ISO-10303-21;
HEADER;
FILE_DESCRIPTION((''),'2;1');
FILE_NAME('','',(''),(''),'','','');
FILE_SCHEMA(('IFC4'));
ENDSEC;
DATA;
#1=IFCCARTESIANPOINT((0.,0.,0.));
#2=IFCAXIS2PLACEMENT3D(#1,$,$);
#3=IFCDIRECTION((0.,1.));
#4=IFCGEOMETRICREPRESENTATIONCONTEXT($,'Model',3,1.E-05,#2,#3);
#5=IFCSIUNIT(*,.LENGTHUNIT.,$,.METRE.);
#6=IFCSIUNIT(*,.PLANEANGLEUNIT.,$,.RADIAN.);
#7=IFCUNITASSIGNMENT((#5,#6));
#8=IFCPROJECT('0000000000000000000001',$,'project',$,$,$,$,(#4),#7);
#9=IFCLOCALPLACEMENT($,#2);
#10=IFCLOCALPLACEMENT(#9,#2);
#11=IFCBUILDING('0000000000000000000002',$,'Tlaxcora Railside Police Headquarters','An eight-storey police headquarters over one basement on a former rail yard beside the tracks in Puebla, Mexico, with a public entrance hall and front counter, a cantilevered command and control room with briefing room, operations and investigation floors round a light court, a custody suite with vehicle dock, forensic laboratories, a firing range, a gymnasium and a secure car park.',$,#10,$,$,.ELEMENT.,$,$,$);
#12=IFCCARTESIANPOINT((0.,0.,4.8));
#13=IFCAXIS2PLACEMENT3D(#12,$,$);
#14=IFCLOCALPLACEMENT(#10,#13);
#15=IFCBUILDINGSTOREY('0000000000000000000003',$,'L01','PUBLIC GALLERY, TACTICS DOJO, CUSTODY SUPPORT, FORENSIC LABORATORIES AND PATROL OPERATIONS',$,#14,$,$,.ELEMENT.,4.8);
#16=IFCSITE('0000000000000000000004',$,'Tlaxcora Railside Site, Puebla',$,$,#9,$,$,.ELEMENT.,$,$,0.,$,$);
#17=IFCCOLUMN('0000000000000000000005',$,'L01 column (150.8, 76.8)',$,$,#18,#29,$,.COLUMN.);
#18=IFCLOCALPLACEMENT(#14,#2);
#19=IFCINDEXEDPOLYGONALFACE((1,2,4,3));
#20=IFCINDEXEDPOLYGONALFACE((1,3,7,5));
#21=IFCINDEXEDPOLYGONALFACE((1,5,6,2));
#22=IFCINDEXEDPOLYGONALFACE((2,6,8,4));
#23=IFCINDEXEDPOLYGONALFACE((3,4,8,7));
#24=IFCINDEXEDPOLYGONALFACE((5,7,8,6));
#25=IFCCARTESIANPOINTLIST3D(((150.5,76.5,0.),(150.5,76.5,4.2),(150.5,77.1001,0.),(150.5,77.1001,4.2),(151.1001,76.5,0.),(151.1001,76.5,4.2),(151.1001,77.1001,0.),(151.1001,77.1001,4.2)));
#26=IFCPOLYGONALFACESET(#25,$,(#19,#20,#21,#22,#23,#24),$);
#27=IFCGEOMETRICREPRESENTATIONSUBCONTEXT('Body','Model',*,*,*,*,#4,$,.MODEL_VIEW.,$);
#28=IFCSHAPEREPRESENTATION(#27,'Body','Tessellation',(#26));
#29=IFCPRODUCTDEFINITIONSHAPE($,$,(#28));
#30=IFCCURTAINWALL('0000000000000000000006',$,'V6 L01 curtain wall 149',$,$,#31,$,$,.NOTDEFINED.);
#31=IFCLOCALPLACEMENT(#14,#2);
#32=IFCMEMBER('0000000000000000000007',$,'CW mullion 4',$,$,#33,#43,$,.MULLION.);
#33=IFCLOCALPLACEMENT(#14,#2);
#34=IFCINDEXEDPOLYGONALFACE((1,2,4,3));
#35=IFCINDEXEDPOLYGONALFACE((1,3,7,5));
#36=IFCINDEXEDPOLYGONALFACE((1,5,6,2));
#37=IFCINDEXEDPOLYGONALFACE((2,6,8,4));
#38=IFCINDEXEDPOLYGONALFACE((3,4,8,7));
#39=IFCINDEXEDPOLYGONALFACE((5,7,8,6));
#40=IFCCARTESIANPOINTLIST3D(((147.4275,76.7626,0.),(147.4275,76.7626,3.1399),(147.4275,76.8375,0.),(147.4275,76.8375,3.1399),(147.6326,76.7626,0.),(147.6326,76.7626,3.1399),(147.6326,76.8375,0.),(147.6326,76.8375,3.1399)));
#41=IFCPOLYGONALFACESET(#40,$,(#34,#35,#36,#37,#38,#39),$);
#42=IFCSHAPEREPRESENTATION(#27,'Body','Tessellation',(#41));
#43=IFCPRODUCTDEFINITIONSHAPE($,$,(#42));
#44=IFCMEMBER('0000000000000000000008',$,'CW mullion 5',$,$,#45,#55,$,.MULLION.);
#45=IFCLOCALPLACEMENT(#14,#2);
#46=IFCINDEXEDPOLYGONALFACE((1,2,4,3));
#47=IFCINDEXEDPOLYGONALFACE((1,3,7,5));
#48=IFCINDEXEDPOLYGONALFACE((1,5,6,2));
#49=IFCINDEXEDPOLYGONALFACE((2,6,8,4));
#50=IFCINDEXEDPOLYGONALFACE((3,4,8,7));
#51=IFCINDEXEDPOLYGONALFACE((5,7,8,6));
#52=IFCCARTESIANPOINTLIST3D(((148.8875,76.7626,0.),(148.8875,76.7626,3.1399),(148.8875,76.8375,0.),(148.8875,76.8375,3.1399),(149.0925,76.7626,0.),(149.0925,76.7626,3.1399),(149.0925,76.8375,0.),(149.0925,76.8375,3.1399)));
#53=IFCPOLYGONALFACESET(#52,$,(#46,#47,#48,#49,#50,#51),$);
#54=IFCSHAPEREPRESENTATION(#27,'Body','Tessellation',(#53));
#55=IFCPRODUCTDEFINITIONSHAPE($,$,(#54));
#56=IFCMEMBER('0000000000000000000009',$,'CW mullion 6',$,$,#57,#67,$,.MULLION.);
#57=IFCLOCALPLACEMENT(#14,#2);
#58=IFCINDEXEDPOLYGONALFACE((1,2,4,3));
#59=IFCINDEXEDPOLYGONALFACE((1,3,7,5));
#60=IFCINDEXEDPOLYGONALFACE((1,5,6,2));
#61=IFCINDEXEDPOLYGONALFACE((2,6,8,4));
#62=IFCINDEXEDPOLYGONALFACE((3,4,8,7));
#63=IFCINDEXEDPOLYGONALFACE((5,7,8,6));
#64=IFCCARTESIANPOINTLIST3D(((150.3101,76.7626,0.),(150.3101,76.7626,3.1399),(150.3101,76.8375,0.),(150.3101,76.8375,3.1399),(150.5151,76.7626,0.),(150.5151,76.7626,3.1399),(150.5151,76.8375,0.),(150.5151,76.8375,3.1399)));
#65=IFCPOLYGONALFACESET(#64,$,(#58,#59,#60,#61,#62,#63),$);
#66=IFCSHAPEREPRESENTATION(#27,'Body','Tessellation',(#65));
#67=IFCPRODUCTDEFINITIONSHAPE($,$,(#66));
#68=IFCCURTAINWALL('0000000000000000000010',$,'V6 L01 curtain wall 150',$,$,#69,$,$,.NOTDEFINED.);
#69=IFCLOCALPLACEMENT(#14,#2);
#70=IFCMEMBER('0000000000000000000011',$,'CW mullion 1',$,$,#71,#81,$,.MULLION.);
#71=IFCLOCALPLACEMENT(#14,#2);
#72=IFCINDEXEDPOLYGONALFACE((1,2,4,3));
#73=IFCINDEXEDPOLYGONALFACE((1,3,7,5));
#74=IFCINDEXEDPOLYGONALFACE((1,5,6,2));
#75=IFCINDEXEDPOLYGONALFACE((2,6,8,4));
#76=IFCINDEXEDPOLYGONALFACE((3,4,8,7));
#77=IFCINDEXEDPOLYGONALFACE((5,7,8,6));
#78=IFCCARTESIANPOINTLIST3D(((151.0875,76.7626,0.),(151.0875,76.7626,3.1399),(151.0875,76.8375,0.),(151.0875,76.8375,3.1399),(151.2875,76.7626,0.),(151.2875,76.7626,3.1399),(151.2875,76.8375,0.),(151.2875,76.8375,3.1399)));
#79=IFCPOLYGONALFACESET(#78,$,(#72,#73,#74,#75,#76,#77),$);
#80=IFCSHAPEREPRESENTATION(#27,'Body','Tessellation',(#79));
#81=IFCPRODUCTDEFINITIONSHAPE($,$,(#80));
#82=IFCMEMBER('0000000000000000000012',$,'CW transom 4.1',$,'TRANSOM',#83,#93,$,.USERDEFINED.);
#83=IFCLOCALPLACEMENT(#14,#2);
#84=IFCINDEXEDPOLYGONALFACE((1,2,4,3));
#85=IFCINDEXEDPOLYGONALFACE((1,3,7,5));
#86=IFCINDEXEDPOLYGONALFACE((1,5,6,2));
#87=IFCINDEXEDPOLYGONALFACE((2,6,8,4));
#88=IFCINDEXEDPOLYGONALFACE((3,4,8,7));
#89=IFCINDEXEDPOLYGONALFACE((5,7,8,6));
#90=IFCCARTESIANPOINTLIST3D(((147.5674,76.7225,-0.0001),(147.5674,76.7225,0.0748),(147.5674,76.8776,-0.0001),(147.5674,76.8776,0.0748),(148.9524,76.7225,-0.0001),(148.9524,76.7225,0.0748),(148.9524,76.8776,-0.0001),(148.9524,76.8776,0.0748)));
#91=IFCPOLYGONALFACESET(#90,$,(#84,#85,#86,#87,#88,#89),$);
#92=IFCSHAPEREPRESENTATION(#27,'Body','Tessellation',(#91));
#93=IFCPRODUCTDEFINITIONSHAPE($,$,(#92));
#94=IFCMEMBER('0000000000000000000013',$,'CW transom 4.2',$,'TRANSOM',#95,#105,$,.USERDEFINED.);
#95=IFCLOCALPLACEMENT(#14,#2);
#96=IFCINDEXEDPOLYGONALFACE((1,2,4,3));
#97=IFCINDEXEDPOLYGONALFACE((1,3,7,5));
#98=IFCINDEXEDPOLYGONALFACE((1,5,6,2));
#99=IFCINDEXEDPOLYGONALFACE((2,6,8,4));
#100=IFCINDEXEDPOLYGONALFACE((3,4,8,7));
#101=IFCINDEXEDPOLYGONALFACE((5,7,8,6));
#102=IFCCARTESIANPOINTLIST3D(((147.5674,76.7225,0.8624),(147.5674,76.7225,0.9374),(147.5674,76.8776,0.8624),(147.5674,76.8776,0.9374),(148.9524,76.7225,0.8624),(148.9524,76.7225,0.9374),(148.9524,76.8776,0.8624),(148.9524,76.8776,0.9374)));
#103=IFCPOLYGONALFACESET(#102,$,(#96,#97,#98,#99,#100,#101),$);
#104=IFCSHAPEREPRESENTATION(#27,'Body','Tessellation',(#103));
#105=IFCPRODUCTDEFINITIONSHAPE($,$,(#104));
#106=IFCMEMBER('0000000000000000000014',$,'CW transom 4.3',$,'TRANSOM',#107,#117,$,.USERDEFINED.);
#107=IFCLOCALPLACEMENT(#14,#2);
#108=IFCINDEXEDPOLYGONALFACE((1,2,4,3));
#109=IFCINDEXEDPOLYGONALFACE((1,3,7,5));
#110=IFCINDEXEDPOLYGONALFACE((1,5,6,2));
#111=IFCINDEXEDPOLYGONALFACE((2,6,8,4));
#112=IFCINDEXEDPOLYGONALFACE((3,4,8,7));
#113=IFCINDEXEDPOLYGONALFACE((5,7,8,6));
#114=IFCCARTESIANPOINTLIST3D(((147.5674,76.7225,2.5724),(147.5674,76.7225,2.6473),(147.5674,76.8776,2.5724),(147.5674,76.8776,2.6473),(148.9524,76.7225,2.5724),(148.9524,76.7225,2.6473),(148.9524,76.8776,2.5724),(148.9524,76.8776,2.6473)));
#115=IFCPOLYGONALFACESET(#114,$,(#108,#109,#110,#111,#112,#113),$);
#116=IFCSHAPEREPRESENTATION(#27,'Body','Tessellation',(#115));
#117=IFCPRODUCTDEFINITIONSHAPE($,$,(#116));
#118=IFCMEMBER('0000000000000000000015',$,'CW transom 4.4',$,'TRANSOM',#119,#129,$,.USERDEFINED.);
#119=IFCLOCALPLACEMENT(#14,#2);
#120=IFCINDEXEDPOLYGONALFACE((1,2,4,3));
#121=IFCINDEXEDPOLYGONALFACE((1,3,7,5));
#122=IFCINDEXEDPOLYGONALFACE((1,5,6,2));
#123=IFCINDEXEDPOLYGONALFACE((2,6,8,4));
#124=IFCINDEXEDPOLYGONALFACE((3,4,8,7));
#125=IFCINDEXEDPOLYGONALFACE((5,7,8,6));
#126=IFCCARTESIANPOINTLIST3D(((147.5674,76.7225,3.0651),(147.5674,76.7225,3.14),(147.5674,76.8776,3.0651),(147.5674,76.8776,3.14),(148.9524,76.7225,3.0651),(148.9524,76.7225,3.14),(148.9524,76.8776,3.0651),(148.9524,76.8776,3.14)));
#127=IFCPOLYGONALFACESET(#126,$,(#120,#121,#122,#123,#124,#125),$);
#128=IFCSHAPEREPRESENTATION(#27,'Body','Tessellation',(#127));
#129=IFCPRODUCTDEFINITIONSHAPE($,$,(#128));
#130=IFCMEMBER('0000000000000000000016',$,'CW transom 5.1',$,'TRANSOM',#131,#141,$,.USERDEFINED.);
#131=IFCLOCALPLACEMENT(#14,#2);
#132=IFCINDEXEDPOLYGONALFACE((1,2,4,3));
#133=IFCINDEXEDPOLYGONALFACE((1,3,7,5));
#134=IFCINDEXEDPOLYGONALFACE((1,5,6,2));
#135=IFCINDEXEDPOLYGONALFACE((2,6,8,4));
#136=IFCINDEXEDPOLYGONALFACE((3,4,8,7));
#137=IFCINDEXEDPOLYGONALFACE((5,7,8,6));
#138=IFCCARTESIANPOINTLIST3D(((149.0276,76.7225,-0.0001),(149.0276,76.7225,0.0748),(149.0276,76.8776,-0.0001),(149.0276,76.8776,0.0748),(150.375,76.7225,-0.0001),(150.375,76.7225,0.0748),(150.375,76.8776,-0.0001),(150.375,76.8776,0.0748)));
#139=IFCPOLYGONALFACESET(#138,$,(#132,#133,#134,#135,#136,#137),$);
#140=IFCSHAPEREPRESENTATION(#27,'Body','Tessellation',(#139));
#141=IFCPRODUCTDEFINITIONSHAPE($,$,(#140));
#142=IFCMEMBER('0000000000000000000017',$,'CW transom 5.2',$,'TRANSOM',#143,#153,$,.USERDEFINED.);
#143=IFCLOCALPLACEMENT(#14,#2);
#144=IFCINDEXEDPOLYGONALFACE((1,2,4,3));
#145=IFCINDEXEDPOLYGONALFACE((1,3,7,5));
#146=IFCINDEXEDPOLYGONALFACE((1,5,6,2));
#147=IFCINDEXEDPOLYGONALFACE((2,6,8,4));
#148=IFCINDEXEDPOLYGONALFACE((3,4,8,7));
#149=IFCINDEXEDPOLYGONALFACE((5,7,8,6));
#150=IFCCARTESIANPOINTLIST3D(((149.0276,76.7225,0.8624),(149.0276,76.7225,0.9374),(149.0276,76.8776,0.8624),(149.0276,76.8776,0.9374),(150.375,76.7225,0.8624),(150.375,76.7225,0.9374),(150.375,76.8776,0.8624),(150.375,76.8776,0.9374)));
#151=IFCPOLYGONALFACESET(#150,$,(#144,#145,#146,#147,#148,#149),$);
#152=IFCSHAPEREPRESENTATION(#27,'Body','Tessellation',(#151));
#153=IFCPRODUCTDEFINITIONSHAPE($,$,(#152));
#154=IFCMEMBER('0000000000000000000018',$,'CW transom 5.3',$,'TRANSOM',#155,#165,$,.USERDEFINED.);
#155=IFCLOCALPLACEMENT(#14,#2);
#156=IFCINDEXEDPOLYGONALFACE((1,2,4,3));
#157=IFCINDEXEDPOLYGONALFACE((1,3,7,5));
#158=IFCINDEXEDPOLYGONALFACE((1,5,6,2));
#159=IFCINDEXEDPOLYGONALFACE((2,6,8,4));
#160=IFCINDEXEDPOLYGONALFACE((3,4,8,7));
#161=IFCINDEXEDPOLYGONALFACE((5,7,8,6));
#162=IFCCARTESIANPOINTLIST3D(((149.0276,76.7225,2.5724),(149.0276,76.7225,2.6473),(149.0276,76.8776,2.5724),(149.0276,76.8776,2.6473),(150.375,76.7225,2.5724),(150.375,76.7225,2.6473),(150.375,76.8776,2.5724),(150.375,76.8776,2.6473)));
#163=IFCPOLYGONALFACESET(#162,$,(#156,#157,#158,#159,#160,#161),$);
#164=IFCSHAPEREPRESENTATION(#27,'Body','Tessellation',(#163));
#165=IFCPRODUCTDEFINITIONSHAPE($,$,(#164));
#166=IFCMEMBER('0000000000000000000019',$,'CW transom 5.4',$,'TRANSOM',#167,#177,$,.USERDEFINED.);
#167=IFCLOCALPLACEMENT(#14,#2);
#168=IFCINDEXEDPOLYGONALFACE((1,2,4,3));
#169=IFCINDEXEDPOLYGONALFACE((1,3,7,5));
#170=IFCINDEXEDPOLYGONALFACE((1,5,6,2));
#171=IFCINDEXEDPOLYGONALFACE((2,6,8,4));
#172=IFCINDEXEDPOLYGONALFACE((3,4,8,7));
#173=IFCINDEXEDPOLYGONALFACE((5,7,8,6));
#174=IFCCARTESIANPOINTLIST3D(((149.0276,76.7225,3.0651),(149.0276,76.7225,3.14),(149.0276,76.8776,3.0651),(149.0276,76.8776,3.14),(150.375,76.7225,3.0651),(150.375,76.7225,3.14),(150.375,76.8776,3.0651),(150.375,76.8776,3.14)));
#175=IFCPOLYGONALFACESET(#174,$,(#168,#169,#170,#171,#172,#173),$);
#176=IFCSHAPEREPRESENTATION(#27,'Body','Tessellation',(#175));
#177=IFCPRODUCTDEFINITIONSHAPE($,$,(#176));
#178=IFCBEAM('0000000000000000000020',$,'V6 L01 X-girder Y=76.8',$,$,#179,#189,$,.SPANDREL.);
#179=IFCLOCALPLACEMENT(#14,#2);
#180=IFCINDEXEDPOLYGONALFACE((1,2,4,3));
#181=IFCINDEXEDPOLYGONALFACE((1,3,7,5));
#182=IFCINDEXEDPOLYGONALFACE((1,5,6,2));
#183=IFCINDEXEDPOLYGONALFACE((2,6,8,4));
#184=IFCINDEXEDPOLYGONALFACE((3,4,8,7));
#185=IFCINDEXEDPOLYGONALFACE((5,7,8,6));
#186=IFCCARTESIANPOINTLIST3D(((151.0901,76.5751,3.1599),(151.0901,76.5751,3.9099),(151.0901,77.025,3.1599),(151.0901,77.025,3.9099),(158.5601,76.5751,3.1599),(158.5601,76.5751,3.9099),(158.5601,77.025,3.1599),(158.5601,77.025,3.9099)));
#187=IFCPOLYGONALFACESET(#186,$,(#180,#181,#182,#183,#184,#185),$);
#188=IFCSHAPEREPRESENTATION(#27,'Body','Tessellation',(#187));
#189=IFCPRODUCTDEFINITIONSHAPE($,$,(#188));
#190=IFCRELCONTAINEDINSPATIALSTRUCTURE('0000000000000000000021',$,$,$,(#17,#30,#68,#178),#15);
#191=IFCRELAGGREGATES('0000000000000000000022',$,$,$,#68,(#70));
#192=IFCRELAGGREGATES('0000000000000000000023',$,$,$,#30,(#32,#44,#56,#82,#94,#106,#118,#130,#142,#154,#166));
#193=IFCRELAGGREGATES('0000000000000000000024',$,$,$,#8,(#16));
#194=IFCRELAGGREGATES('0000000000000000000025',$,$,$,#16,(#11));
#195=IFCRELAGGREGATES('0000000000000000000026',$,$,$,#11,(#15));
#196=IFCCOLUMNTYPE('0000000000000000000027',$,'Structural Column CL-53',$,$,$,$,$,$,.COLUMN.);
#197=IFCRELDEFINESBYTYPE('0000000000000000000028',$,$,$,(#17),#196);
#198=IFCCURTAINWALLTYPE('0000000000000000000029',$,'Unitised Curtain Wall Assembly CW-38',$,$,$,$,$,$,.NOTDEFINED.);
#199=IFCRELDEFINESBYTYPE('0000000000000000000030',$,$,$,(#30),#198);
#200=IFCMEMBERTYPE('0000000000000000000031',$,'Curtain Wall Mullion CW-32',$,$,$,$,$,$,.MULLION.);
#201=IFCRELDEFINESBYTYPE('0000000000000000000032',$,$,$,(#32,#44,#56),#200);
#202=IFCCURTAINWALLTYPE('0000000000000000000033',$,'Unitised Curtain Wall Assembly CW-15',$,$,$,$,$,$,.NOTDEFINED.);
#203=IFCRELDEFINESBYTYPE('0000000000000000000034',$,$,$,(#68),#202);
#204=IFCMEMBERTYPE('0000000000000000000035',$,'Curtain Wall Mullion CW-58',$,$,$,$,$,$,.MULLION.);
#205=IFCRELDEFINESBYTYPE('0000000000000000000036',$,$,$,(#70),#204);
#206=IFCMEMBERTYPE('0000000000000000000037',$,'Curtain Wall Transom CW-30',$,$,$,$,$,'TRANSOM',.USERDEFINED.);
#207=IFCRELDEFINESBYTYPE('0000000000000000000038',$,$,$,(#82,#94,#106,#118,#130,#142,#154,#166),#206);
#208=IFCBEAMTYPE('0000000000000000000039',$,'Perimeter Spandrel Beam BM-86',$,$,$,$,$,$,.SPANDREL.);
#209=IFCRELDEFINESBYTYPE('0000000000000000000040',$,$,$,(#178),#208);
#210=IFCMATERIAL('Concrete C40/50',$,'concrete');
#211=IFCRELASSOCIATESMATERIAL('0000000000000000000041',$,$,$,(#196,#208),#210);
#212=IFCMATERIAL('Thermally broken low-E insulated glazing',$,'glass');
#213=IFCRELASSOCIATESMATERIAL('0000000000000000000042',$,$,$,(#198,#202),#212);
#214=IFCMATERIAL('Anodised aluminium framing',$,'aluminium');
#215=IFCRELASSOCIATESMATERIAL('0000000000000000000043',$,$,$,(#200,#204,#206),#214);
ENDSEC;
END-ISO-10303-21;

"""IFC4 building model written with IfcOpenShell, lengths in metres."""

from ifc_helpers import new_model, si_unit, direction, frame, origin, origin_2d, place, context, subcontext, project, spatial, rectangle, extrude, material, material_profile, profile_set, type_object, element, aggregate, save


model = new_model("IFC4")

# Units and contexts
model_context = context("Model", 3, precision=1e-05, world=origin(), true_north=direction((0.0, 1.0)))
body_context = subcontext(model_context, "Body", "Model", "MODEL_VIEW")
ifc_project = project(units=[si_unit("LENGTHUNIT", "METRE"), si_unit("PLANEANGLEUNIT", "RADIAN")], contexts=[model_context])

# Site, building, storey
site_placement = place(None, origin())
site = spatial("IfcSite", under=ifc_project, at=site_placement, Name="Tlaxcora Railside Site, Puebla", CompositionType="ELEMENT", RefElevation=0.0)
building_placement = place(site_placement, origin())
building = spatial("IfcBuilding", under=site, at=building_placement, Name="Tlaxcora Railside Police Headquarters", Description="An eight-storey police headquarters over one basement on a former rail yard beside the tracks in Puebla, Mexico, with a public entrance hall and front counter, a cantilevered command and control room with briefing room, operations and investigation floors round a light court, a custody suite with vehicle dock, forensic laboratories, a firing range, a gymnasium and a secure car park.", CompositionType="ELEMENT")
storey_placement = place(building_placement, frame((0.0, 0.0, 4.8)))
storey = spatial("IfcBuildingStorey", under=building, at=storey_placement, Name="L01", Description="PUBLIC GALLERY, TACTICS DOJO, CUSTODY SUPPORT, FORENSIC LABORATORIES AND PATROL OPERATIONS", CompositionType="ELEMENT", Elevation=4.8)

# Column
ifc_material_1 = material(Name="Concrete C40/50", Category="concrete")
ifc_material_profile_1 = material_profile(ifc_material_1, rectangle(XDim=0.6001, YDim=0.6001, at=origin_2d()), Name="RC600X600")
ifc_profile_set_1 = profile_set([ifc_material_profile_1], Name="Concrete C40/50")
column_type = type_object("IfcColumnType", Name="Structural Column CL-53", PredefinedType="COLUMN", material=ifc_profile_set_1)
column_placement = place(storey_placement, frame((150.8, 76.8, 0.0), z_axis=(0.0, 0.0, 1.0), x_axis=(1.0, 0.0, 0.0)))
element("IfcColumn", 1, at=column_placement, inside=storey, type_object=column_type, Name="L01 column (150.8, 76.8)", PredefinedType="COLUMN", context=body_context, shape_type="SweptSolid", body=[
    extrude(rectangle(XDim=0.6001, YDim=0.6001, at=origin_2d()), origin(), (0.0, 0.0, 1.0), 4.2),
])

# Curtain wall, members
ifc_material_2 = material(Name="Thermally broken low-E insulated glazing", Category="glass")
curtain_wall_type_1 = type_object("IfcCurtainWallType", Name="Unitised Curtain Wall Assembly CW-38", PredefinedType="NOTDEFINED", material=ifc_material_2)
curtain_wall_1_placement = place(storey_placement, origin())
curtain_wall_1 = element("IfcCurtainWall", 2, at=curtain_wall_1_placement, inside=storey, type_object=curtain_wall_type_1, Name="V6 L01 curtain wall 149", PredefinedType="NOTDEFINED")
ifc_material_3 = material(Name="Anodised aluminium framing", Category="aluminium")
ifc_material_profile_2 = material_profile(ifc_material_3, rectangle(XDim=0.075, YDim=0.2051, at=origin_2d()), Name="AL75X205")
ifc_profile_set_2 = profile_set([ifc_material_profile_2], Name="Anodised aluminium framing")
member_type_1 = type_object("IfcMemberType", Name="Curtain Wall Mullion CW-32", PredefinedType="MULLION", material=ifc_profile_set_2)
member_1_placement = place(storey_placement, frame((147.53, 76.8, 0.0), z_axis=(0.0, 0.0, 1.0), x_axis=(0.0, 1.0, 0.0)))
member_1 = element("IfcMember", 3, at=member_1_placement, type_object=member_type_1, Name="CW mullion 4", PredefinedType="MULLION", context=body_context, shape_type="SweptSolid", body=[
    extrude(rectangle(XDim=0.075, YDim=0.2051, at=origin_2d()), origin(), (0.0, 0.0, 1.0), 3.1399),
])
member_2_placement = place(storey_placement, frame((148.99, 76.8, 0.0), z_axis=(0.0, 0.0, 1.0), x_axis=(0.0, 1.0, 0.0)))
member_2 = element("IfcMember", 4, at=member_2_placement, type_object=member_type_1, Name="CW mullion 5", PredefinedType="MULLION", context=body_context, shape_type="SweptSolid", body=[
    extrude(rectangle(XDim=0.075, YDim=0.2051, at=origin_2d()), origin(), (0.0, 0.0, 1.0), 3.1399),
])
member_3_placement = place(storey_placement, frame((150.4126, 76.8, 0.0), z_axis=(0.0, 0.0, 1.0), x_axis=(0.0, 1.0, 0.0)))
member_3 = element("IfcMember", 5, at=member_3_placement, type_object=member_type_1, Name="CW mullion 6", PredefinedType="MULLION", context=body_context, shape_type="SweptSolid", body=[
    extrude(rectangle(XDim=0.075, YDim=0.2051, at=origin_2d()), origin(), (0.0, 0.0, 1.0), 3.1399),
])

# Curtain wall, member
curtain_wall_type_2 = type_object("IfcCurtainWallType", Name="Unitised Curtain Wall Assembly CW-15", PredefinedType="NOTDEFINED", material=ifc_material_2)
curtain_wall_2_placement = place(storey_placement, origin())
curtain_wall_2 = element("IfcCurtainWall", 6, at=curtain_wall_2_placement, inside=storey, type_object=curtain_wall_type_2, Name="V6 L01 curtain wall 150", PredefinedType="NOTDEFINED")
ifc_material_profile_3 = material_profile(ifc_material_3, rectangle(XDim=0.075, YDim=0.2, at=origin_2d()), Name="AL75X200")
ifc_profile_set_3 = profile_set([ifc_material_profile_3], Name="Anodised aluminium framing")
member_type_2 = type_object("IfcMemberType", Name="Curtain Wall Mullion CW-58", PredefinedType="MULLION", material=ifc_profile_set_3)
member_4_placement = place(storey_placement, frame((151.1875, 76.8, 0.0), z_axis=(0.0, 0.0, 1.0), x_axis=(0.0, 1.0, 0.0)))
member_4 = element("IfcMember", 7, at=member_4_placement, type_object=member_type_2, Name="CW mullion 1", PredefinedType="MULLION", context=body_context, shape_type="SweptSolid", body=[
    extrude(rectangle(XDim=0.075, YDim=0.2, at=origin_2d()), origin(), (0.0, 0.0, 1.0), 3.1399),
])
aggregate(curtain_wall_2, [member_4])

# Members
ifc_material_profile_4 = material_profile(ifc_material_3, rectangle(XDim=0.155, YDim=0.075, at=origin_2d()), Name="AL75X155")
ifc_profile_set_4 = profile_set([ifc_material_profile_4], Name="Anodised aluminium framing")
member_type_3 = type_object("IfcMemberType", Name="Curtain Wall Transom CW-30", ElementType="TRANSOM", PredefinedType="USERDEFINED", material=ifc_profile_set_4)
member_5_placement = place(storey_placement, frame((147.5674, 76.8, 0.0374), z_axis=(1.0, 0.0, 0.0), x_axis=(0.0, 1.0, 0.0)))
member_5 = element("IfcMember", 8, at=member_5_placement, type_object=member_type_3, Name="CW transom 4.1", ObjectType="TRANSOM", PredefinedType="USERDEFINED", context=body_context, shape_type="SweptSolid", body=[
    extrude(rectangle(XDim=0.155, YDim=0.075, at=origin_2d()), origin(), (0.0, 0.0, 1.0), 1.385),
])
member_6_placement = place(storey_placement, frame((147.5674, 76.8, 0.8999), z_axis=(1.0, 0.0, 0.0), x_axis=(0.0, 1.0, 0.0)))
member_6 = element("IfcMember", 9, at=member_6_placement, type_object=member_type_3, Name="CW transom 4.2", ObjectType="TRANSOM", PredefinedType="USERDEFINED", context=body_context, shape_type="SweptSolid", body=[
    extrude(rectangle(XDim=0.155, YDim=0.075, at=origin_2d()), origin(), (0.0, 0.0, 1.0), 1.385),
])
member_7_placement = place(storey_placement, frame((147.5674, 76.8, 2.6099), z_axis=(1.0, 0.0, 0.0), x_axis=(0.0, 1.0, 0.0)))
member_7 = element("IfcMember", 10, at=member_7_placement, type_object=member_type_3, Name="CW transom 4.3", ObjectType="TRANSOM", PredefinedType="USERDEFINED", context=body_context, shape_type="SweptSolid", body=[
    extrude(rectangle(XDim=0.155, YDim=0.075, at=origin_2d()), origin(), (0.0, 0.0, 1.0), 1.385),
])
member_8_placement = place(storey_placement, frame((147.5674, 76.8, 3.1025), z_axis=(1.0, 0.0, 0.0), x_axis=(0.0, 1.0, 0.0)))
member_8 = element("IfcMember", 11, at=member_8_placement, type_object=member_type_3, Name="CW transom 4.4", ObjectType="TRANSOM", PredefinedType="USERDEFINED", context=body_context, shape_type="SweptSolid", body=[
    extrude(rectangle(XDim=0.155, YDim=0.075, at=origin_2d()), origin(), (0.0, 0.0, 1.0), 1.385),
])
member_9_placement = place(storey_placement, frame((149.0276, 76.8, 0.0374), z_axis=(1.0, 0.0, 0.0), x_axis=(0.0, 1.0, 0.0)))
member_9 = element("IfcMember", 12, at=member_9_placement, type_object=member_type_3, Name="CW transom 5.1", ObjectType="TRANSOM", PredefinedType="USERDEFINED", context=body_context, shape_type="SweptSolid", body=[
    extrude(rectangle(XDim=0.155, YDim=0.075, at=origin_2d()), origin(), (0.0, 0.0, 1.0), 1.3474),
])
member_10_placement = place(storey_placement, frame((149.0276, 76.8, 0.8999), z_axis=(1.0, 0.0, 0.0), x_axis=(0.0, 1.0, 0.0)))
member_10 = element("IfcMember", 13, at=member_10_placement, type_object=member_type_3, Name="CW transom 5.2", ObjectType="TRANSOM", PredefinedType="USERDEFINED", context=body_context, shape_type="SweptSolid", body=[
    extrude(rectangle(XDim=0.155, YDim=0.075, at=origin_2d()), origin(), (0.0, 0.0, 1.0), 1.3474),
])
member_11_placement = place(storey_placement, frame((149.0276, 76.8, 2.6099), z_axis=(1.0, 0.0, 0.0), x_axis=(0.0, 1.0, 0.0)))
member_11 = element("IfcMember", 14, at=member_11_placement, type_object=member_type_3, Name="CW transom 5.3", ObjectType="TRANSOM", PredefinedType="USERDEFINED", context=body_context, shape_type="SweptSolid", body=[
    extrude(rectangle(XDim=0.155, YDim=0.075, at=origin_2d()), origin(), (0.0, 0.0, 1.0), 1.3474),
])
member_12_placement = place(storey_placement, frame((149.0276, 76.8, 3.1025), z_axis=(1.0, 0.0, 0.0), x_axis=(0.0, 1.0, 0.0)))
member_12 = element("IfcMember", 15, at=member_12_placement, type_object=member_type_3, Name="CW transom 5.4", ObjectType="TRANSOM", PredefinedType="USERDEFINED", context=body_context, shape_type="SweptSolid", body=[
    extrude(rectangle(XDim=0.155, YDim=0.075, at=origin_2d()), origin(), (0.0, 0.0, 1.0), 1.3474),
])

# Beam
ifc_material_profile_5 = material_profile(ifc_material_1, rectangle(XDim=0.45, YDim=0.75, at=origin_2d()), Name="RC450X750")
ifc_profile_set_5 = profile_set([ifc_material_profile_5], Name="Concrete C40/50")
beam_type = type_object("IfcBeamType", Name="Perimeter Spandrel Beam BM-86", PredefinedType="SPANDREL", material=ifc_profile_set_5)
beam_placement = place(storey_placement, frame((151.0901, 76.8, 3.5349), z_axis=(1.0, 0.0, 0.0), x_axis=(0.0, 1.0, 0.0)))
element("IfcBeam", 16, at=beam_placement, inside=storey, type_object=beam_type, Name="V6 L01 X-girder Y=76.8", PredefinedType="SPANDREL", context=body_context, shape_type="SweptSolid", body=[
    extrude(rectangle(XDim=0.45, YDim=0.75, at=origin_2d()), origin(), (0.0, 0.0, 1.0), 7.47),
])

aggregate(curtain_wall_1, [member_1, member_2, member_3, member_5, member_6, member_7, member_8, member_9, member_10, member_11, member_12])

save(model, "model.ifc")
